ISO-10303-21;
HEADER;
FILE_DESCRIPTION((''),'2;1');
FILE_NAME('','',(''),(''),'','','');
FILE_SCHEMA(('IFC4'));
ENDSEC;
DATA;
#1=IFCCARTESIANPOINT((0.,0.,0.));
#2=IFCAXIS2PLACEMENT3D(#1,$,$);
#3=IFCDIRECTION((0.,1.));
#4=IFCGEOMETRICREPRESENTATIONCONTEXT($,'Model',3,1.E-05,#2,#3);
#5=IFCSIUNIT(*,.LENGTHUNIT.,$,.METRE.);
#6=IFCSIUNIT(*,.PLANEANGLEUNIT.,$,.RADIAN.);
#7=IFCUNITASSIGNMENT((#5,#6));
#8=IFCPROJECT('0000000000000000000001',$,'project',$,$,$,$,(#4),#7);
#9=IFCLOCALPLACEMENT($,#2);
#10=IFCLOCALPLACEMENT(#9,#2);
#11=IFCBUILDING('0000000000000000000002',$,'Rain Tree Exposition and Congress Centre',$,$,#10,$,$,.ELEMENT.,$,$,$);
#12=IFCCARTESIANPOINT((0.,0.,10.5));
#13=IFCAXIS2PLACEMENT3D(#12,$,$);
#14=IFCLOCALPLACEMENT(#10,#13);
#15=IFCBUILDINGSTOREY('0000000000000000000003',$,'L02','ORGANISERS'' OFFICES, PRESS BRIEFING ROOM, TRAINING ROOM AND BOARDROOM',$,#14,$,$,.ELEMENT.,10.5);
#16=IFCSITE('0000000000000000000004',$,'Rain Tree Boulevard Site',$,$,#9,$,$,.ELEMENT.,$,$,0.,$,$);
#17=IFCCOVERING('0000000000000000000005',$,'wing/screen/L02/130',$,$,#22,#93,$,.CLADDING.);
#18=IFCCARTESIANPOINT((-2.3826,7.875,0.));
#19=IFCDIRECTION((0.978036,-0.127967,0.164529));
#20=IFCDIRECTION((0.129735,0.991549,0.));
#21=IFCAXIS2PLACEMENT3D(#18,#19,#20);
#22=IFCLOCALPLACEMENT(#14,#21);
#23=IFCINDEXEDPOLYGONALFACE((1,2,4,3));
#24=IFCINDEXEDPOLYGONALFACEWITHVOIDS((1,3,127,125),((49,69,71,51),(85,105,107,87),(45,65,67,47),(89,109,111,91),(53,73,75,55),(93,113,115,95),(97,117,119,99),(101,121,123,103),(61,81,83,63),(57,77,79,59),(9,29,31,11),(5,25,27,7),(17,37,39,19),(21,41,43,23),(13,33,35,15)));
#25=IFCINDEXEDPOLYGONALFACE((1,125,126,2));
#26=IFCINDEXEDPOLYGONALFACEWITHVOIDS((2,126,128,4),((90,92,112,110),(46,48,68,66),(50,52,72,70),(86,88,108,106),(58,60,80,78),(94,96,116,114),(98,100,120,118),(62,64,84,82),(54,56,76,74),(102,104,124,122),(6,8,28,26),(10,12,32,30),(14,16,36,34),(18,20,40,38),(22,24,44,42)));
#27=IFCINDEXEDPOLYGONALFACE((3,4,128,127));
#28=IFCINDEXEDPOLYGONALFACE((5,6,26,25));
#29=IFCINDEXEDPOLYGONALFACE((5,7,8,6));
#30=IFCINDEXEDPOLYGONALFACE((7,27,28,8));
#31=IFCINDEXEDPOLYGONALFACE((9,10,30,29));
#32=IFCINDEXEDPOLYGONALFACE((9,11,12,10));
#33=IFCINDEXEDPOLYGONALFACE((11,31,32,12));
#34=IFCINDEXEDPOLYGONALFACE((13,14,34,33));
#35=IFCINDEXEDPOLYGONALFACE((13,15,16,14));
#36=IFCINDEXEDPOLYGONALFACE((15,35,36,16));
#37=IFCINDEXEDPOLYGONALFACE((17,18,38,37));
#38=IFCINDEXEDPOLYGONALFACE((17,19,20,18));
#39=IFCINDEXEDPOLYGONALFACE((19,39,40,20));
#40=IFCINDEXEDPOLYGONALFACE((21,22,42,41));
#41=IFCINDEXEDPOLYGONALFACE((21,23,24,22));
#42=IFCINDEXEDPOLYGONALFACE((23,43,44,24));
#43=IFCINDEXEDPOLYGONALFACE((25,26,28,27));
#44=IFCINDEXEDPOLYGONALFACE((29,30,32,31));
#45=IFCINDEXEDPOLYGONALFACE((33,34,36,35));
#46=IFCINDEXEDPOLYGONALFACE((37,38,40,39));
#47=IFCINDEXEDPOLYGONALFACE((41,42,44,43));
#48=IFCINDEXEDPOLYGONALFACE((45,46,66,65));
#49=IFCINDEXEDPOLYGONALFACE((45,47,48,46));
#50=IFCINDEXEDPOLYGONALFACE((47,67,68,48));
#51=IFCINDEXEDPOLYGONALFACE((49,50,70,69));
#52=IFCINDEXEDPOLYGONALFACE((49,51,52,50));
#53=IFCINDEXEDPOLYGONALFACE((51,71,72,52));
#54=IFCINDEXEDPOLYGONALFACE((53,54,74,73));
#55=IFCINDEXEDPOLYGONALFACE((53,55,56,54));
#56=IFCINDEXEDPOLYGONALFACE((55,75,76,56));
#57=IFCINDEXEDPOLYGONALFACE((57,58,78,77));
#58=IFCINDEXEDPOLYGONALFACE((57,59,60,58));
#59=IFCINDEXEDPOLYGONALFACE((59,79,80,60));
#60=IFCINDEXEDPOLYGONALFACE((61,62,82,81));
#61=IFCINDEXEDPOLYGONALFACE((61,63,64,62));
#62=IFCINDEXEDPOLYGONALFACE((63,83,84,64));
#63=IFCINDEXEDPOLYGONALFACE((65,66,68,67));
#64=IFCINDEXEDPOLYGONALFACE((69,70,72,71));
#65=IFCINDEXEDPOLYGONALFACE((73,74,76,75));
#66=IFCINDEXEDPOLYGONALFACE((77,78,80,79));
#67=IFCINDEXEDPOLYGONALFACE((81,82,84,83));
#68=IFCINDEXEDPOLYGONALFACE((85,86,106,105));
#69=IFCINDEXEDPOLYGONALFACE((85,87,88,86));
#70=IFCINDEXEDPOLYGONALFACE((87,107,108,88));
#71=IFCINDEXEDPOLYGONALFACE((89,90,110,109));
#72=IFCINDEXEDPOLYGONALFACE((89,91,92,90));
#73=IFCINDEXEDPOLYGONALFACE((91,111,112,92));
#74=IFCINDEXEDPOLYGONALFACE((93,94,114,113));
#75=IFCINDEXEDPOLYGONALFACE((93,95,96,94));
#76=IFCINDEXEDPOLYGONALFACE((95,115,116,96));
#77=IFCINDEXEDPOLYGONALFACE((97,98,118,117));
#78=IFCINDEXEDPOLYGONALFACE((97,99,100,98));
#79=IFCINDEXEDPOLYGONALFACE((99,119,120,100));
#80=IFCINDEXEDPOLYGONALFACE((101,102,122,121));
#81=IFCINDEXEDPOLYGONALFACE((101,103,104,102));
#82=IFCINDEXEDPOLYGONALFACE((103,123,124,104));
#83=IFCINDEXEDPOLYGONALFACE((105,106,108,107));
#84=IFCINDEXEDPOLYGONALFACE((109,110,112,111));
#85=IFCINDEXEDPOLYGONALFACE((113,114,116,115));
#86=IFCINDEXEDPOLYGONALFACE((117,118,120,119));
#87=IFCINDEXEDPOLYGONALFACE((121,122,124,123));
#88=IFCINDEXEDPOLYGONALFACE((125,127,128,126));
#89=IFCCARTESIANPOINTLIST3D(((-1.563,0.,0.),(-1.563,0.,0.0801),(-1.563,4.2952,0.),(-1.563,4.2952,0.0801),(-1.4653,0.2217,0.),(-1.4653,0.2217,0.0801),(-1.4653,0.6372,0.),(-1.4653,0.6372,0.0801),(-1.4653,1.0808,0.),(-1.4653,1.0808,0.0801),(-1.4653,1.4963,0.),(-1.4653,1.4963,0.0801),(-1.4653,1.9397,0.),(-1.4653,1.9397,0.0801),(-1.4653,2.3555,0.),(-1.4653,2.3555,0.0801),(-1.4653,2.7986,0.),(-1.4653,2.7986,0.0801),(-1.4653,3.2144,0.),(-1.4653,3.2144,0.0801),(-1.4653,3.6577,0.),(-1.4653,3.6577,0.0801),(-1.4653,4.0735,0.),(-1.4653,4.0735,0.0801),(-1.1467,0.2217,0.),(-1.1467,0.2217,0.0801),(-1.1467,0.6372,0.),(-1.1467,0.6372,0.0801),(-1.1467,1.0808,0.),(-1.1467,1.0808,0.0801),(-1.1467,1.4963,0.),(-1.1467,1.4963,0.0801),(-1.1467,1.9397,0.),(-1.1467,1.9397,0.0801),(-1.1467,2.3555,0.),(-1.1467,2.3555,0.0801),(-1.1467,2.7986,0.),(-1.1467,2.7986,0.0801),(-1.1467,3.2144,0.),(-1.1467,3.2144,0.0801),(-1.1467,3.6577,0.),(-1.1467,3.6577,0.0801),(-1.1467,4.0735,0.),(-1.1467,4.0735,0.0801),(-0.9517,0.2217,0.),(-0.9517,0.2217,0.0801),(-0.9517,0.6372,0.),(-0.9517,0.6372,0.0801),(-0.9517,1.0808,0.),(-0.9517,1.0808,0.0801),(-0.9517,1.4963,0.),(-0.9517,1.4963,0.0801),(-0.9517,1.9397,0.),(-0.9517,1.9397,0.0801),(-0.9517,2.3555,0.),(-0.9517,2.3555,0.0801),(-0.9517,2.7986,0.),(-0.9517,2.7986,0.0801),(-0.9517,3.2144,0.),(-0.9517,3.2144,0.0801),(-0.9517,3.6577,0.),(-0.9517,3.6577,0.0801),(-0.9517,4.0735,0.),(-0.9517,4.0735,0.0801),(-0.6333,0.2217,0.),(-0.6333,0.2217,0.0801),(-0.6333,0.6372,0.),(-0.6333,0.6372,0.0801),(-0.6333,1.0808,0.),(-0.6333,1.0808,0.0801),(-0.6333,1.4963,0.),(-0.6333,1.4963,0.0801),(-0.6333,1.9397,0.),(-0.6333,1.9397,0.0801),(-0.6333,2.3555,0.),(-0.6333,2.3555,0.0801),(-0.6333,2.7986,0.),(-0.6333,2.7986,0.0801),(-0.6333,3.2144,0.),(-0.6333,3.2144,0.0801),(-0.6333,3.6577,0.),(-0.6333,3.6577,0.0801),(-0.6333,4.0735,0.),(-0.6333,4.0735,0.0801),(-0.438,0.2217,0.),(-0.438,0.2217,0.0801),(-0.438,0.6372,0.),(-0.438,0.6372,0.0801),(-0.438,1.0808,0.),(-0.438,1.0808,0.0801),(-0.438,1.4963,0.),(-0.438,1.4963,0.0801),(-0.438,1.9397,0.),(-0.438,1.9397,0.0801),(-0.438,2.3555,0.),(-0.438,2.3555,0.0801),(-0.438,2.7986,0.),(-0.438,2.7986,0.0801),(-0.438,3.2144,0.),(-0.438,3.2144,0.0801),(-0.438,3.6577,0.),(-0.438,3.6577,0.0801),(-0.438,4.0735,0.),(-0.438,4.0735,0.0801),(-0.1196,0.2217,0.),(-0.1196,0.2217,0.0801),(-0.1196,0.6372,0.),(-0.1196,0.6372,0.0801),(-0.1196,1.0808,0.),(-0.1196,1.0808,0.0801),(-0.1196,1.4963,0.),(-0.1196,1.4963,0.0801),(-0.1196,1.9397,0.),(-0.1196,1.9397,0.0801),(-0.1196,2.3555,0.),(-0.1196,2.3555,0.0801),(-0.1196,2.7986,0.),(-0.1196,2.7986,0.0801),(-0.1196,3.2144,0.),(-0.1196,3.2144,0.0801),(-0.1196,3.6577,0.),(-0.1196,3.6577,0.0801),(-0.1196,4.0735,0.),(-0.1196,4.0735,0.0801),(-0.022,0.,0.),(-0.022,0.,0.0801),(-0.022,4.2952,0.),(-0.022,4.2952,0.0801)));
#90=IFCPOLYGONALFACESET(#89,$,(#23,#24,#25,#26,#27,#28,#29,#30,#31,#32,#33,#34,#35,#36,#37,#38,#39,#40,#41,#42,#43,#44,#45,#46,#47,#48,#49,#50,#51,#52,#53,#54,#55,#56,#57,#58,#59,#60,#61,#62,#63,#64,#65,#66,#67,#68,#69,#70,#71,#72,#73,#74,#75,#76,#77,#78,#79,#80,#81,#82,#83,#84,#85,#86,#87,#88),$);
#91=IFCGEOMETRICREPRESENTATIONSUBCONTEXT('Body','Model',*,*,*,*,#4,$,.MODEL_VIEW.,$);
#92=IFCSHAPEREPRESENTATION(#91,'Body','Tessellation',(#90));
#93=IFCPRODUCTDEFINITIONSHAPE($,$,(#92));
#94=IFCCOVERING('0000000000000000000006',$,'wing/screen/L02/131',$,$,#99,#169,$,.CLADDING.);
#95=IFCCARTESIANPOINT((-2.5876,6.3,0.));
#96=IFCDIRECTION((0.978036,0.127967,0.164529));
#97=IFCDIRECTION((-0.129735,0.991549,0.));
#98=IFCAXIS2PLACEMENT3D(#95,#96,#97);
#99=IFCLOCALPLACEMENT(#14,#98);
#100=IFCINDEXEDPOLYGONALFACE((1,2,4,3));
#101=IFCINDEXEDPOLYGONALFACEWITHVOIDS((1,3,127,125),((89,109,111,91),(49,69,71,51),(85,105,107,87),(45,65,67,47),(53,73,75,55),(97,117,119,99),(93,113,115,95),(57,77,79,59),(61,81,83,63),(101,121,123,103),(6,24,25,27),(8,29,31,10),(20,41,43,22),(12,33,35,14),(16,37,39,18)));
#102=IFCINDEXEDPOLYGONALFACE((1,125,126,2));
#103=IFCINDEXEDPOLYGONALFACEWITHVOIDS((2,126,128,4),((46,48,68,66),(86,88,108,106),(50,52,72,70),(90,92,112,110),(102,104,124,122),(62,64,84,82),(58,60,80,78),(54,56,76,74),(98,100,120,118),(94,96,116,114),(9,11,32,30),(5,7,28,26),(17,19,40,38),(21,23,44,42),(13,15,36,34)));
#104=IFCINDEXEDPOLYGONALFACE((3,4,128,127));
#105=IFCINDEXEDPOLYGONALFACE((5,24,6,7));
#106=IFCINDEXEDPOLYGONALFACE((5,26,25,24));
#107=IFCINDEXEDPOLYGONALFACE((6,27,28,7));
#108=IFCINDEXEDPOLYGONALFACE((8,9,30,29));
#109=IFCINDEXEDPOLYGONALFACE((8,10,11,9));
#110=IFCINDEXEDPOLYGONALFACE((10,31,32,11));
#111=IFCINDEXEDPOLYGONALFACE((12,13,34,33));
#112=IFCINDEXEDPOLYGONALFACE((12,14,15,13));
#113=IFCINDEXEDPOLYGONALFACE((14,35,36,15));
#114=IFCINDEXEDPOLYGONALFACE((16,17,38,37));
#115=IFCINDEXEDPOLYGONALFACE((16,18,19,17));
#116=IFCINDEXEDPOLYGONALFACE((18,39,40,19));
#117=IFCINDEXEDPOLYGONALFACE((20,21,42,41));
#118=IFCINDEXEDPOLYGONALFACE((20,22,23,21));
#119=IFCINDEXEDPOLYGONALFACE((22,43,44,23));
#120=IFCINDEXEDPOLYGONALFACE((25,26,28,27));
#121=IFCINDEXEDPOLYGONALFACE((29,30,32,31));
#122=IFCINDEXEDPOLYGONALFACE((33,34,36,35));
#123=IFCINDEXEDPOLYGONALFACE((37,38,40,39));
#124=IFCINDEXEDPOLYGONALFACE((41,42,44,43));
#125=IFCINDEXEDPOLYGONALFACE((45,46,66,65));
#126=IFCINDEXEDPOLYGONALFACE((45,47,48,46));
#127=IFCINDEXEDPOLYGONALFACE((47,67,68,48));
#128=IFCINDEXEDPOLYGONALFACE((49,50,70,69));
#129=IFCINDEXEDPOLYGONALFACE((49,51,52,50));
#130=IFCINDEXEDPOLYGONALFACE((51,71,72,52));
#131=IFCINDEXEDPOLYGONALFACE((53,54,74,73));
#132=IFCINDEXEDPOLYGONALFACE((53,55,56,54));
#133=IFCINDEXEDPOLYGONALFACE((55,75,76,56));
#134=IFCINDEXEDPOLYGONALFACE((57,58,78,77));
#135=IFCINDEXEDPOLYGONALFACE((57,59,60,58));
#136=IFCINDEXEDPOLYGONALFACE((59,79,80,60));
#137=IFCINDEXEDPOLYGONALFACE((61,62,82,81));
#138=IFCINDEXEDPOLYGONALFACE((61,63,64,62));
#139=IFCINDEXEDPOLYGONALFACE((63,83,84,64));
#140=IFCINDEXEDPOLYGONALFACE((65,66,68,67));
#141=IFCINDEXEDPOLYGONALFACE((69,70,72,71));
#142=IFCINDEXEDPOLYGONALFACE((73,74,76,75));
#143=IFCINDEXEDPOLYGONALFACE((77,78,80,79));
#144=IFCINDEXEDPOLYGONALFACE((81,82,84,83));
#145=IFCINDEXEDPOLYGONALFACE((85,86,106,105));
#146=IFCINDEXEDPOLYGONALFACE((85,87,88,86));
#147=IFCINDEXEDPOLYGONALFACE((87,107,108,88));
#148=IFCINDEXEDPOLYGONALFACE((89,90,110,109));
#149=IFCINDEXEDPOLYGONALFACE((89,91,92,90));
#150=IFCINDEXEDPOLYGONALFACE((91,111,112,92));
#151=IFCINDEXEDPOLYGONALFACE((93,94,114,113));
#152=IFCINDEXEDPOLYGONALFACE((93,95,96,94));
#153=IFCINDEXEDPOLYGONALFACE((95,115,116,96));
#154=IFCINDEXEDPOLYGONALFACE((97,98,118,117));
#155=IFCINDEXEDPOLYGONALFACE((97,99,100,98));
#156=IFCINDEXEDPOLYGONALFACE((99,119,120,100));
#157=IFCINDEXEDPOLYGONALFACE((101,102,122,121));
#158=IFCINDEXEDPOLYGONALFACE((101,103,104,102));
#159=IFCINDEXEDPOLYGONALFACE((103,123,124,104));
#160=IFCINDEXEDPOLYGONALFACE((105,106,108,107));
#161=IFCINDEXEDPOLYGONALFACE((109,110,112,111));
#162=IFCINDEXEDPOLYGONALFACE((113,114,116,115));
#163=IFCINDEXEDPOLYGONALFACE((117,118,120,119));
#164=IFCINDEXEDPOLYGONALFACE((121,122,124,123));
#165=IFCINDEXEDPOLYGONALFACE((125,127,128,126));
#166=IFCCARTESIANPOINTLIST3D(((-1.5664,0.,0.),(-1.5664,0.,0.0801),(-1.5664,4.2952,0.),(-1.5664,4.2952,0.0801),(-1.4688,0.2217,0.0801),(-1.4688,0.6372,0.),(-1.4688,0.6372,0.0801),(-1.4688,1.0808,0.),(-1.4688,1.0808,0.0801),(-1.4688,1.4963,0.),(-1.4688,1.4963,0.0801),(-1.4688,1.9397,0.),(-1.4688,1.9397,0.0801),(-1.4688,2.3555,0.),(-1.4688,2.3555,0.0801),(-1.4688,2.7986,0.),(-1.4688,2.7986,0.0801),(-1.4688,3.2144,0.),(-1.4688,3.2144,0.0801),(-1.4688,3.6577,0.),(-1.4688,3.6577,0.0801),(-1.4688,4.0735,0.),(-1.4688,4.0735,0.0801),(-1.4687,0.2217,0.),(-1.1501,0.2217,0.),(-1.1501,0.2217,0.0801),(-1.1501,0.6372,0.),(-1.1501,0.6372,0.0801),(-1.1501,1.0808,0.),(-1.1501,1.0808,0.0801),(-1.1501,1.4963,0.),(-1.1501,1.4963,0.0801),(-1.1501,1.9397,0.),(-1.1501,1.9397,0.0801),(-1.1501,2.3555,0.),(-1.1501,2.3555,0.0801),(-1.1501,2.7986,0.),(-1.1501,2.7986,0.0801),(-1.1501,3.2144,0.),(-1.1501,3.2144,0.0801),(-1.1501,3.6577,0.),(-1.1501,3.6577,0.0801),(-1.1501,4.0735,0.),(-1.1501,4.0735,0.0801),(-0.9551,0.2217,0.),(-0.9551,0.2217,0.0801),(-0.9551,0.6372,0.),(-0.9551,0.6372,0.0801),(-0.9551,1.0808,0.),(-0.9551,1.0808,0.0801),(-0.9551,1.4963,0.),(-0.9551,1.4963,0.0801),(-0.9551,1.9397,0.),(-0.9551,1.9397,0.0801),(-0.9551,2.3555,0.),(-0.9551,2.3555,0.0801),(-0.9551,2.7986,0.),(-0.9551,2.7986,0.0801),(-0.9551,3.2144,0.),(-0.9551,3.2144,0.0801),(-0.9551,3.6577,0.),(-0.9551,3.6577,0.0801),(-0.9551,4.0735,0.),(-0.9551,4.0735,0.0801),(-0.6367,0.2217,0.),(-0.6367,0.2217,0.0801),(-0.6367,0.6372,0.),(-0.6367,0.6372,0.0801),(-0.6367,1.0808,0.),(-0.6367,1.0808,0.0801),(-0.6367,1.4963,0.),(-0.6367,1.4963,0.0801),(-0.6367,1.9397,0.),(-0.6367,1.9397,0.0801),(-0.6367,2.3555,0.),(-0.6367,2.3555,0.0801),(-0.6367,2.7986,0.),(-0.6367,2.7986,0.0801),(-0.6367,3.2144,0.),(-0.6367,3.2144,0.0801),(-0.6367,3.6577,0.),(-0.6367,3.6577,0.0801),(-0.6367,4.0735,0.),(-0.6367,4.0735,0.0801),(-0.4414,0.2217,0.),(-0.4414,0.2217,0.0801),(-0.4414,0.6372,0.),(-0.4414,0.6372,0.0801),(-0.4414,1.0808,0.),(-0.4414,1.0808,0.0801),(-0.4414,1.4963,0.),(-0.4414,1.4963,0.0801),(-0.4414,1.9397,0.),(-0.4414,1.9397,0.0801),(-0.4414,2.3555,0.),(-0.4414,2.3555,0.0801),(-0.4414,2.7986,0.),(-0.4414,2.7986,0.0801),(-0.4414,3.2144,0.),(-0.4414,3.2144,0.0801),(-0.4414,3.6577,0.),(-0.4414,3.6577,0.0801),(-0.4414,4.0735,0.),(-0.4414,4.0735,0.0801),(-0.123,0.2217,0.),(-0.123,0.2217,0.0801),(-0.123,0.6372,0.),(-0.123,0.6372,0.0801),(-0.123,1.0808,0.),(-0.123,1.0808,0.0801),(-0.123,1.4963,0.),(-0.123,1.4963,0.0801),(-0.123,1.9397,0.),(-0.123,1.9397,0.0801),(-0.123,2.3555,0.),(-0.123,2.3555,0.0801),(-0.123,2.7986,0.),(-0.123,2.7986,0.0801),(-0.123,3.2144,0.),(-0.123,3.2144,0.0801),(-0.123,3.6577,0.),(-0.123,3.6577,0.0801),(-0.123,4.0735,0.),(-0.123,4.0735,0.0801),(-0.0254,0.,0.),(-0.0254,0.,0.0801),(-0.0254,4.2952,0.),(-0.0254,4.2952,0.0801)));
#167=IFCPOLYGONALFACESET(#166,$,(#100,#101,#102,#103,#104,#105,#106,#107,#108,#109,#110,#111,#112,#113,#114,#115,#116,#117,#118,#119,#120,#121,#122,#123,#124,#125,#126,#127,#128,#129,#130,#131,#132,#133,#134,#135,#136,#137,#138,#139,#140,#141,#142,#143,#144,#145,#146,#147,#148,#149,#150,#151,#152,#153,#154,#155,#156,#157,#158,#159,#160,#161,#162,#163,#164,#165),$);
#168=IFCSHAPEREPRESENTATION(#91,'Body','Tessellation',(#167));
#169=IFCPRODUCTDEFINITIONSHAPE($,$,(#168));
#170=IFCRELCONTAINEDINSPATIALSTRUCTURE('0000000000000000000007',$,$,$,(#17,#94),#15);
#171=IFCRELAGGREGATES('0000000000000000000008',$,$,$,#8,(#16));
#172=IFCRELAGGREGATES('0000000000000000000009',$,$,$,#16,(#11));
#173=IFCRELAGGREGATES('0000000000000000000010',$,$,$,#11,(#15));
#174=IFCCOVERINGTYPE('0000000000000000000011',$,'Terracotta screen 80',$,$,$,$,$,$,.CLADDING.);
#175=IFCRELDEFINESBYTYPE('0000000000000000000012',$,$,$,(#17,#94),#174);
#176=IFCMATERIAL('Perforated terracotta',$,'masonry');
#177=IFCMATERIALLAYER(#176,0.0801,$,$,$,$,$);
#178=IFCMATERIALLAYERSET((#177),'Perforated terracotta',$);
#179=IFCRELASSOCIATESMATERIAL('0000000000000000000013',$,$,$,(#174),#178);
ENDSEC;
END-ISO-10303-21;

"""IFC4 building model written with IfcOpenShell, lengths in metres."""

from ifc_helpers import new_model, si_unit, direction, frame, origin, place, context, subcontext, project, spatial, polyline, outline, extrude, material, layer, layer_set, type_object, element, save


model = new_model("IFC4")

# Units and contexts
model_context = context("Model", 3, precision=1e-05, world=origin(), true_north=direction((0.0, 1.0)))
body_context = subcontext(model_context, "Body", "Model", "MODEL_VIEW")
ifc_project = project(units=[si_unit("LENGTHUNIT", "METRE"), si_unit("PLANEANGLEUNIT", "RADIAN")], contexts=[model_context])

# Site, building, storey
site_placement = place(None, origin())
site = spatial("IfcSite", under=ifc_project, at=site_placement, Name="Rain Tree Boulevard Site", CompositionType="ELEMENT", RefElevation=0.0)
building_placement = place(site_placement, origin())
building = spatial("IfcBuilding", under=site, at=building_placement, Name="Rain Tree Exposition and Congress Centre", CompositionType="ELEMENT")
storey_placement = place(building_placement, frame((0.0, 0.0, 10.5)))
storey = spatial("IfcBuildingStorey", under=building, at=storey_placement, Name="L02", Description="ORGANISERS' OFFICES, PRESS BRIEFING ROOM, TRAINING ROOM AND BOARDROOM", CompositionType="ELEMENT", Elevation=10.5)

# Coverings
ifc_material_1 = material(Name="Perforated terracotta", Category="masonry")
ifc_layer_1 = layer(ifc_material_1, 0.0801)
ifc_layer_set_1 = layer_set([ifc_layer_1], Name="Perforated terracotta")
covering_type = type_object("IfcCoveringType", Name="Terracotta screen 80", PredefinedType="CLADDING", material=ifc_layer_set_1)
covering_1_placement = place(storey_placement, frame((-2.3826, 7.875, 0.0), z_axis=(0.978036, -0.127967, 0.164529), x_axis=(0.129735, 0.991549, 0.0)))
element("IfcCovering", 1, at=covering_1_placement, inside=storey, type_object=covering_type, Name="wing/screen/L02/130", PredefinedType="CLADDING", context=body_context, shape_type="SweptSolid", body=[
    extrude(outline(polyline([(-1.563, 0.0), (-1.563, 4.2952), (-0.022, 4.2952), (-0.022, 0.0), (-1.563, 0.0)]), holes=[polyline([(-0.1196, 0.2217), (-0.1196, 0.6372), (-0.438, 0.6372), (-0.438, 0.2217), (-0.1196, 0.2217)]), polyline([(-0.1196, 1.0808), (-0.1196, 1.4963), (-0.438, 1.4963), (-0.438, 1.0808), (-0.1196, 1.0808)]), polyline([(-0.1196, 1.9397), (-0.1196, 2.3555), (-0.438, 2.3555), (-0.438, 1.9397), (-0.1196, 1.9397)]), polyline([(-0.1196, 2.7986), (-0.1196, 3.2144), (-0.438, 3.2144), (-0.438, 2.7986), (-0.1196, 2.7986)]), polyline([(-0.1196, 3.6577), (-0.1196, 4.0735), (-0.438, 4.0735), (-0.438, 3.6577), (-0.1196, 3.6577)]), polyline([(-0.6333, 0.2217), (-0.6333, 0.6372), (-0.9517, 0.6372), (-0.9517, 0.2217), (-0.6333, 0.2217)]), polyline([(-0.6333, 1.0808), (-0.6333, 1.4963), (-0.9517, 1.4963), (-0.9517, 1.0808), (-0.6333, 1.0808)]), polyline([(-0.6333, 1.9397), (-0.6333, 2.3555), (-0.9517, 2.3555), (-0.9517, 1.9397), (-0.6333, 1.9397)]), polyline([(-0.6333, 2.7986), (-0.6333, 3.2144), (-0.9517, 3.2144), (-0.9517, 2.7986), (-0.6333, 2.7986)]), polyline([(-0.6333, 3.6577), (-0.6333, 4.0735), (-0.9517, 4.0735), (-0.9517, 3.6577), (-0.6333, 3.6577)]), polyline([(-1.1467, 0.2217), (-1.1467, 0.6372), (-1.4653, 0.6372), (-1.4653, 0.2217), (-1.1467, 0.2217)]), polyline([(-1.1467, 1.0808), (-1.1467, 1.4963), (-1.4653, 1.4963), (-1.4653, 1.0808), (-1.1467, 1.0808)]), polyline([(-1.1467, 1.9397), (-1.1467, 2.3555), (-1.4653, 2.3555), (-1.4653, 1.9397), (-1.1467, 1.9397)]), polyline([(-1.1467, 2.7986), (-1.1467, 3.2144), (-1.4653, 3.2144), (-1.4653, 2.7986), (-1.1467, 2.7986)]), polyline([(-1.1467, 3.6577), (-1.1467, 4.0735), (-1.4653, 4.0735), (-1.4653, 3.6577), (-1.1467, 3.6577)])]), origin(), (0.0, 0.0, 1.0), 0.0801),
])
covering_2_placement = place(storey_placement, frame((-2.5876, 6.3, 0.0), z_axis=(0.978036, 0.127967, 0.164529), x_axis=(-0.129735, 0.991549, 0.0)))
element("IfcCovering", 2, at=covering_2_placement, inside=storey, type_object=covering_type, Name="wing/screen/L02/131", PredefinedType="CLADDING", context=body_context, shape_type="SweptSolid", body=[
    extrude(outline(polyline([(-1.5664, 0.0), (-1.5664, 4.2952), (-0.0254, 4.2952), (-0.0254, 0.0), (-1.5664, 0.0)]), holes=[polyline([(-0.123, 0.2217), (-0.123, 0.6372), (-0.4414, 0.6372), (-0.4414, 0.2217), (-0.123, 0.2217)]), polyline([(-0.123, 1.0808), (-0.123, 1.4963), (-0.4414, 1.4963), (-0.4414, 1.0808), (-0.123, 1.0808)]), polyline([(-0.123, 1.9397), (-0.123, 2.3555), (-0.4414, 2.3555), (-0.4414, 1.9397), (-0.123, 1.9397)]), polyline([(-0.123, 2.7986), (-0.123, 3.2144), (-0.4414, 3.2144), (-0.4414, 2.7986), (-0.123, 2.7986)]), polyline([(-0.123, 3.6577), (-0.123, 4.0735), (-0.4414, 4.0735), (-0.4414, 3.6577), (-0.123, 3.6577)]), polyline([(-0.6367, 0.2217), (-0.6367, 0.6372), (-0.9551, 0.6372), (-0.9551, 0.2217), (-0.6367, 0.2217)]), polyline([(-0.6367, 1.0808), (-0.6367, 1.4963), (-0.9551, 1.4963), (-0.9551, 1.0808), (-0.6367, 1.0808)]), polyline([(-0.6367, 1.9397), (-0.6367, 2.3555), (-0.9551, 2.3555), (-0.9551, 1.9397), (-0.6367, 1.9397)]), polyline([(-0.6367, 2.7986), (-0.6367, 3.2144), (-0.9551, 3.2144), (-0.9551, 2.7986), (-0.6367, 2.7986)]), polyline([(-0.6367, 3.6577), (-0.6367, 4.0735), (-0.9551, 4.0735), (-0.9551, 3.6577), (-0.6367, 3.6577)]), polyline([(-1.1501, 0.2217), (-1.1501, 0.6372), (-1.4688, 0.6372), (-1.4688, 0.2217), (-1.1501, 0.2217)]), polyline([(-1.1501, 1.0808), (-1.1501, 1.4963), (-1.4688, 1.4963), (-1.4688, 1.0808), (-1.1501, 1.0808)]), polyline([(-1.1501, 1.9397), (-1.1501, 2.3555), (-1.4688, 2.3555), (-1.4688, 1.9397), (-1.1501, 1.9397)]), polyline([(-1.1501, 2.7986), (-1.1501, 3.2144), (-1.4688, 3.2144), (-1.4688, 2.7986), (-1.1501, 2.7986)]), polyline([(-1.1501, 3.6577), (-1.1501, 4.0735), (-1.4688, 4.0735), (-1.4688, 3.6577), (-1.1501, 3.6577)])]), origin(), (0.0, 0.0, 1.0), 0.0801),
])

save(model, "model.ifc")
